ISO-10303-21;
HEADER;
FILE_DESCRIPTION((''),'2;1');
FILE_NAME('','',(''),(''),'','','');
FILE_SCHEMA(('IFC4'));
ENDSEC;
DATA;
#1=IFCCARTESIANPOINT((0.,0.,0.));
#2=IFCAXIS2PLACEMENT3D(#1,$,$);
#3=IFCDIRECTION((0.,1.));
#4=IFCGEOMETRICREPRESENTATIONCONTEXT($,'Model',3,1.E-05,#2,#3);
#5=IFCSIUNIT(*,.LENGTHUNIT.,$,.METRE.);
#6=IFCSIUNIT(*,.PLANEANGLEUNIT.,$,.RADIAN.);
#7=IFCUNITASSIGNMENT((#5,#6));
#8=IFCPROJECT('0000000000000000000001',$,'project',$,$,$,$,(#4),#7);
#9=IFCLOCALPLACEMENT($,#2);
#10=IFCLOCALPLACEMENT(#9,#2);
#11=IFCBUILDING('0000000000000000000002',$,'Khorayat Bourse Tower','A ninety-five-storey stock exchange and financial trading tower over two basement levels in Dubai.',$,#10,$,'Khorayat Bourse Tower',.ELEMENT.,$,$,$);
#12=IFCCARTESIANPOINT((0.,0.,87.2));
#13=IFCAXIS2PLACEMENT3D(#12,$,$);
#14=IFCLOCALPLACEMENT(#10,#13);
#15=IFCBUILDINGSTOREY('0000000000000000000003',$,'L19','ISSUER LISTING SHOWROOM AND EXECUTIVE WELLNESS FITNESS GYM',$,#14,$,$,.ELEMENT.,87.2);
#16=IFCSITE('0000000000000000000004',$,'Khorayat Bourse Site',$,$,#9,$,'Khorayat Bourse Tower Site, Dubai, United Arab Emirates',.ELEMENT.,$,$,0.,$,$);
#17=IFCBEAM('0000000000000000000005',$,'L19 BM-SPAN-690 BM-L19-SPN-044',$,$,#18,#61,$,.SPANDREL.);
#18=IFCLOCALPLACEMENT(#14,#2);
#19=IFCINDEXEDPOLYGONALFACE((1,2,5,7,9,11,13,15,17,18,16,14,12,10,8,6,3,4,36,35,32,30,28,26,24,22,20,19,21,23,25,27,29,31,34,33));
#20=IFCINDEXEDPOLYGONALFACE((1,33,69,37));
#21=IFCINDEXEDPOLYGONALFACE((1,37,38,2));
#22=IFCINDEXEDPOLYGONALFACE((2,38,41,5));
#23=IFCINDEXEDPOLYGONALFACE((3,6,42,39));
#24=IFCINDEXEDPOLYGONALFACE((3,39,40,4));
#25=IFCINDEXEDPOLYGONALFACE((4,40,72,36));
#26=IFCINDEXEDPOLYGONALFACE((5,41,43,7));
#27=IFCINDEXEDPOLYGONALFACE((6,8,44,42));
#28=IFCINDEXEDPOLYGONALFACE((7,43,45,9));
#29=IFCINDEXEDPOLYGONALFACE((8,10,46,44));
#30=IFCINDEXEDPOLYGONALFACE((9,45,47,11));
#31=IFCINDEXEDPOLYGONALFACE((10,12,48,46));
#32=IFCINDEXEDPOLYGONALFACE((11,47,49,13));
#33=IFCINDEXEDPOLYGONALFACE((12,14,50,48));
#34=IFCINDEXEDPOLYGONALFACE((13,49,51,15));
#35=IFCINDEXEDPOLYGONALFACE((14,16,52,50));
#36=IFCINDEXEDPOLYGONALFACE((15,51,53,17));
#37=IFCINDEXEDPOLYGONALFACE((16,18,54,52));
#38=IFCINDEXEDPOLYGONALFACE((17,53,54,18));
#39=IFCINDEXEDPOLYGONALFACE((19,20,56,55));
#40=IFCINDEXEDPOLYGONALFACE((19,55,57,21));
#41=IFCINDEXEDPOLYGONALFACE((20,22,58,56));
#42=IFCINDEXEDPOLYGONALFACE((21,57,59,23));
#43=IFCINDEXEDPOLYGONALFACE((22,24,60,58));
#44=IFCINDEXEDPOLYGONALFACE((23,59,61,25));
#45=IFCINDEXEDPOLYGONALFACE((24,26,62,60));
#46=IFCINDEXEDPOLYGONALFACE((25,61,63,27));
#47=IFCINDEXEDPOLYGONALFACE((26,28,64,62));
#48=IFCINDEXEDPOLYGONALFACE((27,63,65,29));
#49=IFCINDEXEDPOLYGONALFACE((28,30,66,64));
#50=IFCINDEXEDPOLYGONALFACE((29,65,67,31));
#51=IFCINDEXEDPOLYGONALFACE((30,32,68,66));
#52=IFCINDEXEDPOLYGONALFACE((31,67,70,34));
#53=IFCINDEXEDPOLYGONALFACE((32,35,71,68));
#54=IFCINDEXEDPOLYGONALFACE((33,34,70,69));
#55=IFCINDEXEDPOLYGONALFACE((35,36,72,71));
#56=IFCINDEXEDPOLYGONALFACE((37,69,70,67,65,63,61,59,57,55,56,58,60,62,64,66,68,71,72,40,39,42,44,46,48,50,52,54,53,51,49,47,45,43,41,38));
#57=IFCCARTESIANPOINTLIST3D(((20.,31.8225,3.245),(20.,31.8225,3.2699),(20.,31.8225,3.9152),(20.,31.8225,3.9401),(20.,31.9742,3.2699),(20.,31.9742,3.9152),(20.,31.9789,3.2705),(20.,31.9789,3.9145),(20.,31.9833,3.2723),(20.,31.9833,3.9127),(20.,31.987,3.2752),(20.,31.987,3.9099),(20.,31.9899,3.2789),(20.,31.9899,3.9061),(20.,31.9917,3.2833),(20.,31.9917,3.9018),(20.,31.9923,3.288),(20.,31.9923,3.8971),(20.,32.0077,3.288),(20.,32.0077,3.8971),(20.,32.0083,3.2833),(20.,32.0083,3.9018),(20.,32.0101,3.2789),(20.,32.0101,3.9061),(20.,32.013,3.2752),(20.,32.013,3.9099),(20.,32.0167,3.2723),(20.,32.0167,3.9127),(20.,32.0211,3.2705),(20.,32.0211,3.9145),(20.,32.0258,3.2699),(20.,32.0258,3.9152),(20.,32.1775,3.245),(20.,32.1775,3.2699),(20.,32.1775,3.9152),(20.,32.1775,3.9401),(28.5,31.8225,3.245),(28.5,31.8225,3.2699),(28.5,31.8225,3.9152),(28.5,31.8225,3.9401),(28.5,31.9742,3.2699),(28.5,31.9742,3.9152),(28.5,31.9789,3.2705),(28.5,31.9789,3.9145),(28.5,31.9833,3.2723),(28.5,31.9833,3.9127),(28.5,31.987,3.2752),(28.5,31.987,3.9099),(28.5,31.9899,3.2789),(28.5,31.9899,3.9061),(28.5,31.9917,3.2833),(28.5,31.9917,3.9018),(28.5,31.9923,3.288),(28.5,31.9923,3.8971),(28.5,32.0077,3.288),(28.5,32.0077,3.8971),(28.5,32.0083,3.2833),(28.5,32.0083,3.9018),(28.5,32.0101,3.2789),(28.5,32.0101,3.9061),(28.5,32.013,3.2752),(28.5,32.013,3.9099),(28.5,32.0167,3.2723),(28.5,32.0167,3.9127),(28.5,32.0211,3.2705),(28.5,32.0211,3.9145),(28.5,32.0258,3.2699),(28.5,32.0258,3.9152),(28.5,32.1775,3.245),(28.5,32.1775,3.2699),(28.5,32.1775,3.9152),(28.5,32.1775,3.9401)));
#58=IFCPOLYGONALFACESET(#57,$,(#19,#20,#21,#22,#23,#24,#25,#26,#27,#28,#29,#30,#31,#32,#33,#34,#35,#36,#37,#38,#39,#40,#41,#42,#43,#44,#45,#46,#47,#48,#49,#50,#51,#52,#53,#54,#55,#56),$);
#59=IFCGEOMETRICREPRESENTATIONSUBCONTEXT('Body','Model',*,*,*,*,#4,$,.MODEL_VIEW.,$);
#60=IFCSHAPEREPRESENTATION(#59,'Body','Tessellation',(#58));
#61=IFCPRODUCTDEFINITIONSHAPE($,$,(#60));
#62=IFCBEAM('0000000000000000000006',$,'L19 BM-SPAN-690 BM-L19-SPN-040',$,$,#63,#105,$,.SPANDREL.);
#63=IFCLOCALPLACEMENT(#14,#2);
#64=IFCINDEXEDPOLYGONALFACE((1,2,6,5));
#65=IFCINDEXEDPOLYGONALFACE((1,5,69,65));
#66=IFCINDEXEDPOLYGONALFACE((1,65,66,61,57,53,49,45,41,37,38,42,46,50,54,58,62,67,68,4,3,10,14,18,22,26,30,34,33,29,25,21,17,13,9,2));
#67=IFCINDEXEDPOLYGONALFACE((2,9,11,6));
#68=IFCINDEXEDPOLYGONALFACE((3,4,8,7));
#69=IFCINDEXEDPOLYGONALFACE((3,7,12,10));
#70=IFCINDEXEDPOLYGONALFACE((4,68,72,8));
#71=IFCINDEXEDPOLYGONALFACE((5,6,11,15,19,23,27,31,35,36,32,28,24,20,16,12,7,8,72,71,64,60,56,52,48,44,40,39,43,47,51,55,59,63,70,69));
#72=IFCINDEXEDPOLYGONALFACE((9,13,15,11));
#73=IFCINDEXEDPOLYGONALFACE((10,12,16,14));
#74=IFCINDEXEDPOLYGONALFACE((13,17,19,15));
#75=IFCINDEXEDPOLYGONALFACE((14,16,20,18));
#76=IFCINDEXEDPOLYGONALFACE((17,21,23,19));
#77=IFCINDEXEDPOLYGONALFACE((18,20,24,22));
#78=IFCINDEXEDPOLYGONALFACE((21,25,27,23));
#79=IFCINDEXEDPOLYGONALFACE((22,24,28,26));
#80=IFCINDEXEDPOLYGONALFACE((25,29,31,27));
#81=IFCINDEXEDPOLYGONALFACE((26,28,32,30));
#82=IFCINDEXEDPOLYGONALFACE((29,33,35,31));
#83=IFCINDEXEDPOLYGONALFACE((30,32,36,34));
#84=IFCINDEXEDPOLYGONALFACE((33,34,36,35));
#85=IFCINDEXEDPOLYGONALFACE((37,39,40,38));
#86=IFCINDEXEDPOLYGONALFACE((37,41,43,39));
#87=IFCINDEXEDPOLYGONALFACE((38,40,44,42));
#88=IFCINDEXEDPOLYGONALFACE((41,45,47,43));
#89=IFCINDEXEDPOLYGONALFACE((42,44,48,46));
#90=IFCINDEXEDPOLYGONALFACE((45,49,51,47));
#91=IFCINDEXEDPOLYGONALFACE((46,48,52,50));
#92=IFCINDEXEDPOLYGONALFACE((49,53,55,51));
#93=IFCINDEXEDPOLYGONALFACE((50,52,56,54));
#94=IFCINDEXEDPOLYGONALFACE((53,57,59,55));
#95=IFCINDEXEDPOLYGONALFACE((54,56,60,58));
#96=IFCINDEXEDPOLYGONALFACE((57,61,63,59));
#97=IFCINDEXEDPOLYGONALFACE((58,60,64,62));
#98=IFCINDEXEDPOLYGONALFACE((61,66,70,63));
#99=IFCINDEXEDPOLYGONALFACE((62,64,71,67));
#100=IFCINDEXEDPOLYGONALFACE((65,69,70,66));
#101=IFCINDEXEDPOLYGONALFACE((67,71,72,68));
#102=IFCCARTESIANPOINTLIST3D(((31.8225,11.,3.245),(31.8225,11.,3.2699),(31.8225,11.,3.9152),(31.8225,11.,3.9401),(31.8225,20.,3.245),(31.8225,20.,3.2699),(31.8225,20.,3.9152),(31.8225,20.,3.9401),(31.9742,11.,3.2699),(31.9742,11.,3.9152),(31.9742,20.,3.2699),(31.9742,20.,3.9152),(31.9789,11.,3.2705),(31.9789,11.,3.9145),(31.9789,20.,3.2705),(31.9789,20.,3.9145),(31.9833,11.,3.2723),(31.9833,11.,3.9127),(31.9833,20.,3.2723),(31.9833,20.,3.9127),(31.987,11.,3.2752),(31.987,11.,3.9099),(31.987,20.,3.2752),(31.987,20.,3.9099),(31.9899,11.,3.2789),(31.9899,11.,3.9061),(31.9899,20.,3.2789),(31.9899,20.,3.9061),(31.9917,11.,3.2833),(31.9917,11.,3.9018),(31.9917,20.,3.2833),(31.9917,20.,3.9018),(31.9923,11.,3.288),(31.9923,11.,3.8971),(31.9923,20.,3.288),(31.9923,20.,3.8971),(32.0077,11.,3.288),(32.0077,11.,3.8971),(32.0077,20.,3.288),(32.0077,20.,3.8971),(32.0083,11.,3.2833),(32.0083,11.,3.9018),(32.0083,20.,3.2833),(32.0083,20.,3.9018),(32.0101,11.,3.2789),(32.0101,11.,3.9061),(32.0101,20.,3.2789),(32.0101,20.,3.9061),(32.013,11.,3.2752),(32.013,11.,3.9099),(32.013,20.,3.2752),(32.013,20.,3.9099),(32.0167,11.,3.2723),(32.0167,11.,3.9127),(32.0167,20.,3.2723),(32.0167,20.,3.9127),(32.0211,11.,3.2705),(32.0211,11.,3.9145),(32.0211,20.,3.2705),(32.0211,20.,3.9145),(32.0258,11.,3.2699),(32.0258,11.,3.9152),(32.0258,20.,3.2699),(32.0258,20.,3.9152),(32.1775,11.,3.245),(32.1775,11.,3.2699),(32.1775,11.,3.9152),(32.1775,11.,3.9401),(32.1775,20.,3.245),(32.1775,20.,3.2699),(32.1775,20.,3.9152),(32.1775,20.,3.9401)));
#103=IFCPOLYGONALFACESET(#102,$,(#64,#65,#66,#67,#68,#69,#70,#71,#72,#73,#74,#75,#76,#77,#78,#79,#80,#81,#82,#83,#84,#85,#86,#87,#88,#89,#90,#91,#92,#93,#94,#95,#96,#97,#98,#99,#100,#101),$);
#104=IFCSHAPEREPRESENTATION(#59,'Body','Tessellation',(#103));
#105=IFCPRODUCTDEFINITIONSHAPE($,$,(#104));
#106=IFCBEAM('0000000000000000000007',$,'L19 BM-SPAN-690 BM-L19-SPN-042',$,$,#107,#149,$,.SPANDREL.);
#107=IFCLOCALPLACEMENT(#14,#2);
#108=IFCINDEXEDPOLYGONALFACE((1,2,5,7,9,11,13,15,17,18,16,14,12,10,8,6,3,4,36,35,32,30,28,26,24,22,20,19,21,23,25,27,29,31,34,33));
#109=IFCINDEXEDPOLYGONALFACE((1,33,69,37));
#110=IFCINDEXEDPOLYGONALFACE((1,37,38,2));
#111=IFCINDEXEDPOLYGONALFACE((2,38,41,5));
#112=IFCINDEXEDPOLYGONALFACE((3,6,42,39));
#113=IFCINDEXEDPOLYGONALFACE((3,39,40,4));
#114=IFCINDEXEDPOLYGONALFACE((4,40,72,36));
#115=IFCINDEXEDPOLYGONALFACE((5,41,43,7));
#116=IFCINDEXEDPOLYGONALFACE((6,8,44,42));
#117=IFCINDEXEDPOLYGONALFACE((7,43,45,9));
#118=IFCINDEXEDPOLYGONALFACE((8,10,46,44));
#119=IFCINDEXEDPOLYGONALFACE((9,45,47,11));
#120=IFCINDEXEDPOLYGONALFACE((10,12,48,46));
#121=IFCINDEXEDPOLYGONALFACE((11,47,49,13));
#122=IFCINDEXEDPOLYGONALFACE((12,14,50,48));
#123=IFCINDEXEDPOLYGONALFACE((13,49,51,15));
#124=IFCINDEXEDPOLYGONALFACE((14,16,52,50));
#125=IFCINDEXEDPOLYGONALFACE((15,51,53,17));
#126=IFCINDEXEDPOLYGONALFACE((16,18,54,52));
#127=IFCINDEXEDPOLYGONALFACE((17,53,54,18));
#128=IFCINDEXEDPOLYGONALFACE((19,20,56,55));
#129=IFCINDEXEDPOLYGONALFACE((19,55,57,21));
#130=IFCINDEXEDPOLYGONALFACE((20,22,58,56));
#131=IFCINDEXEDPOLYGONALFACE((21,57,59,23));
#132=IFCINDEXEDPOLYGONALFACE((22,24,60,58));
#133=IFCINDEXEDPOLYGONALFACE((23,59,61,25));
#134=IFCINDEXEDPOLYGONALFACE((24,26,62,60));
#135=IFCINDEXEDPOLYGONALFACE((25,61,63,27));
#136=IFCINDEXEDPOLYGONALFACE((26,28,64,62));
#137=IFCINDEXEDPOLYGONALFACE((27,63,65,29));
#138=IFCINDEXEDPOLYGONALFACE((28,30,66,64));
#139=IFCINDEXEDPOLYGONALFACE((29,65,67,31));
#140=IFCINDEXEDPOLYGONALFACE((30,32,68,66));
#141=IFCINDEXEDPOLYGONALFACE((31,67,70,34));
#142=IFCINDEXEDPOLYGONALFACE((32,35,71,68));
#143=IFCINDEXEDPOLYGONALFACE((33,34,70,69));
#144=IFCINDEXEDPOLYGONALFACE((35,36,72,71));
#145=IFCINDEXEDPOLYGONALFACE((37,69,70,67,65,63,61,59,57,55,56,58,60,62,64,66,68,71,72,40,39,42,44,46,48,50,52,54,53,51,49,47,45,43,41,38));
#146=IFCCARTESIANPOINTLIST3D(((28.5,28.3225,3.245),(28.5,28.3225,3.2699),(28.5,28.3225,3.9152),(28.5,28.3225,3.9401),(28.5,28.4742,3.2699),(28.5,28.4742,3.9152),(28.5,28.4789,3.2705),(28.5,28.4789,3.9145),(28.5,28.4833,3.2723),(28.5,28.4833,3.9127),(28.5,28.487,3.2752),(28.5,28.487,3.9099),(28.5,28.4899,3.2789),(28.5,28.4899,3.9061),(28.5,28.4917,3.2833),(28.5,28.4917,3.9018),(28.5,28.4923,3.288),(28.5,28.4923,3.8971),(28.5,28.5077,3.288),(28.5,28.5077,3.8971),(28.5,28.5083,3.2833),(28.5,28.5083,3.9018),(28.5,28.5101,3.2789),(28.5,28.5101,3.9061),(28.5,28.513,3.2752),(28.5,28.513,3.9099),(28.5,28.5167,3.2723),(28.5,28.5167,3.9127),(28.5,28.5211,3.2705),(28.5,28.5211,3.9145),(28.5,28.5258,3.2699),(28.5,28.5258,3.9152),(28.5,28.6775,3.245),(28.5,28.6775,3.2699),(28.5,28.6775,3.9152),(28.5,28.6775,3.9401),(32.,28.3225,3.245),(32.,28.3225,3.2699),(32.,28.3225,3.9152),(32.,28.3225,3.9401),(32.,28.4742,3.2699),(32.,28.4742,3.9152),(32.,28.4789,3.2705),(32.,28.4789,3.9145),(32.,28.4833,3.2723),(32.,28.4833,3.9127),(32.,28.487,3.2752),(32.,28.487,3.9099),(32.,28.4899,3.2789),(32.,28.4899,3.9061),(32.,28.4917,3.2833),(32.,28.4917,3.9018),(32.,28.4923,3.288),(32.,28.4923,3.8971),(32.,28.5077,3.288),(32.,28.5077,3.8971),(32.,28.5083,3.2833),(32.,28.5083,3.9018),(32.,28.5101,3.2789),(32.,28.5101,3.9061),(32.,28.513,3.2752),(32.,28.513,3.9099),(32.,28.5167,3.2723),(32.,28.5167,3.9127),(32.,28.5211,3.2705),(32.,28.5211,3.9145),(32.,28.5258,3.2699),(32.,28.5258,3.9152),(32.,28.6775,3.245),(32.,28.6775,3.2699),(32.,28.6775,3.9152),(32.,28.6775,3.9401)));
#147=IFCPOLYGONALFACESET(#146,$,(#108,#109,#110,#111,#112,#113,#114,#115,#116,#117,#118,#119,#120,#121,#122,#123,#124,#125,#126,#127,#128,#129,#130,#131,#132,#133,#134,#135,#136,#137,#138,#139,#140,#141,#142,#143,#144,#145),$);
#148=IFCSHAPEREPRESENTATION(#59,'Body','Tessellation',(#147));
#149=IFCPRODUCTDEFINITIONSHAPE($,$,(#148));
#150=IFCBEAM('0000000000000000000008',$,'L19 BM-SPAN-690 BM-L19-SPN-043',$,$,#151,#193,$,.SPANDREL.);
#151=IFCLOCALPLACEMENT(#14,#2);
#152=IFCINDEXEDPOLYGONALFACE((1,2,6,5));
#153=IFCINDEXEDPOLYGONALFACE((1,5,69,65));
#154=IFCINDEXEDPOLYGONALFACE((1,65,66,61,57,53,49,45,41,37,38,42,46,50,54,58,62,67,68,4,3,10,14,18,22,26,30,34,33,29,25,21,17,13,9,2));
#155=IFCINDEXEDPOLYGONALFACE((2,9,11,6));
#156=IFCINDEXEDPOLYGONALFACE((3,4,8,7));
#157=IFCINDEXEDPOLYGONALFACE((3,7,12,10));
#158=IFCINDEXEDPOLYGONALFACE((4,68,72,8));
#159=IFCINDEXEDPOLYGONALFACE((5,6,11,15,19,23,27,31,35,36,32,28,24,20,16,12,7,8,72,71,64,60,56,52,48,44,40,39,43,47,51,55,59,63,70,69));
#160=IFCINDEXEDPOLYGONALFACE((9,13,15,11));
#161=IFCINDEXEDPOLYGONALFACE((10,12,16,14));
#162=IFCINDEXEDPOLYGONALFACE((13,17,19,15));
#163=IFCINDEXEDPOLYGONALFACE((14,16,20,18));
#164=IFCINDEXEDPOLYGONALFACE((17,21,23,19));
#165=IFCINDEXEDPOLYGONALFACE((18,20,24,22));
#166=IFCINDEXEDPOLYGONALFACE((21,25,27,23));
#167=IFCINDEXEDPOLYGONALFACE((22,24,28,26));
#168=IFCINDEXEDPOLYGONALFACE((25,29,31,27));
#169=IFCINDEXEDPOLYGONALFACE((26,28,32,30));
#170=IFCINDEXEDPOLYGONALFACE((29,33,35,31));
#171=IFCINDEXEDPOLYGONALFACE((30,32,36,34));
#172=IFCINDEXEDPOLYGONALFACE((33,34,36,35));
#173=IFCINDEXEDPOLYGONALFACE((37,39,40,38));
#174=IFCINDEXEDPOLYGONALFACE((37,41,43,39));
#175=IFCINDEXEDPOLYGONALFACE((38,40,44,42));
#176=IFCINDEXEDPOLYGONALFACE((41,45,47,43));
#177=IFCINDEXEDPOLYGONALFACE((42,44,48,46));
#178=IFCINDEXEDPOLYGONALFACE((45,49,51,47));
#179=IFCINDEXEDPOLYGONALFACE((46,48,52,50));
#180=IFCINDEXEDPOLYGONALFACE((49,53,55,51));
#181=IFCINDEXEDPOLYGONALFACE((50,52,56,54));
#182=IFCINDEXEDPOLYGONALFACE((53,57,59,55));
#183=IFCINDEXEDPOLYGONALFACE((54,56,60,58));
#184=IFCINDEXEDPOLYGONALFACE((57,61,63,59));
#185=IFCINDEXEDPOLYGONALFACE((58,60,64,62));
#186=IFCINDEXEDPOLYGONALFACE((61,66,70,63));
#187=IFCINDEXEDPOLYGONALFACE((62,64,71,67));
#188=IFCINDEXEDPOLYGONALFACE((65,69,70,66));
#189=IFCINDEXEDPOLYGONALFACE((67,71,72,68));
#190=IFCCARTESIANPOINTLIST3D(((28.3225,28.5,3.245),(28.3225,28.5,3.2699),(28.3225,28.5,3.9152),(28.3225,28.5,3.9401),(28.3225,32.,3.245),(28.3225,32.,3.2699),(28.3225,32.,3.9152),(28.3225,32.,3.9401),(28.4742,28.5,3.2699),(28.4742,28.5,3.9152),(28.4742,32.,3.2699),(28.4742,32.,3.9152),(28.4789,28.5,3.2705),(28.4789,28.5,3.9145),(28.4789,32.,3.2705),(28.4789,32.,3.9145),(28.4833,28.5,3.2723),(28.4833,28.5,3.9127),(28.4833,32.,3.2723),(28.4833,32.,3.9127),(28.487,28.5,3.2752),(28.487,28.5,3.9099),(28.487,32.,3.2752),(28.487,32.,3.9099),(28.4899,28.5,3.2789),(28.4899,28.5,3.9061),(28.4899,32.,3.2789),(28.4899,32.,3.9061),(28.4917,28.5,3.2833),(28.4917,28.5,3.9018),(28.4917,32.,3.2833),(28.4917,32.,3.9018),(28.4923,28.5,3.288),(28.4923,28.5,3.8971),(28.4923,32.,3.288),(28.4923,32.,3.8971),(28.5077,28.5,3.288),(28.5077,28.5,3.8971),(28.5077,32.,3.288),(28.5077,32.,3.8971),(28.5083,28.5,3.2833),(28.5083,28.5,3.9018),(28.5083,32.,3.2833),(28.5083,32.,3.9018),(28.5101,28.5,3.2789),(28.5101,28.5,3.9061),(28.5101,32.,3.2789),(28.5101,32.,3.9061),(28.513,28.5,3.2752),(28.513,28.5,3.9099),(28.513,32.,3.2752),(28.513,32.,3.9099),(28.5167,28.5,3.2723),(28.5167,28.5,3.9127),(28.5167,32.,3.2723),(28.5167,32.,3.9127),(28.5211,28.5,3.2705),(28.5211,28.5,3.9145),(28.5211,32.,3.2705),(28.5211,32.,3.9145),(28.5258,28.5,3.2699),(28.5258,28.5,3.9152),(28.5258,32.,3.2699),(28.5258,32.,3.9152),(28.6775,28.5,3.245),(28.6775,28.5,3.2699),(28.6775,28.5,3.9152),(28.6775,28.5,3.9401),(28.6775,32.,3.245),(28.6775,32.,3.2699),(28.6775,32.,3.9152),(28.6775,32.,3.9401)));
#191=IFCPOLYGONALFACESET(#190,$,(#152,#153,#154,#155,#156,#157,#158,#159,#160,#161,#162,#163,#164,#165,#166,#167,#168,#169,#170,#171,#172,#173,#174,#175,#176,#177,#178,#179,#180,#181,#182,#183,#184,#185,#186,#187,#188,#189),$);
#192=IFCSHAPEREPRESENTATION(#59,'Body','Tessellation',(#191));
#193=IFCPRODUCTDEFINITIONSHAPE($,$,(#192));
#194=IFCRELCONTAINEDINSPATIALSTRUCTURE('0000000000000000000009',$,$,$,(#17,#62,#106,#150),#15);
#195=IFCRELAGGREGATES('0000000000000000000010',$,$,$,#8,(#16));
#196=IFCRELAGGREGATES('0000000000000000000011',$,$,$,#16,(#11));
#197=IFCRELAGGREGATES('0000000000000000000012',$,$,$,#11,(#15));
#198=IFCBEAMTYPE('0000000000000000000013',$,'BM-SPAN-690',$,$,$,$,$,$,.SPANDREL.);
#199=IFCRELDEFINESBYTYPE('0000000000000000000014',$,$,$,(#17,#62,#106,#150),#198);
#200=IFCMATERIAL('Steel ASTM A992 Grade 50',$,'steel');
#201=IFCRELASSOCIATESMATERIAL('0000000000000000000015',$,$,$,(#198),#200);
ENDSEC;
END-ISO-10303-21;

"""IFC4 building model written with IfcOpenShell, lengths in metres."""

from ifc_helpers import new_model, si_unit, direction, frame, origin, origin_2d, place, context, subcontext, project, spatial, i_section, extrude, source, transform, mapped, material, material_profile, profile_set, type_object, element, save


model = new_model("IFC4")

# Units and contexts
model_context = context("Model", 3, precision=1e-05, world=origin(), true_north=direction((0.0, 1.0)))
body_context = subcontext(model_context, "Body", "Model", "MODEL_VIEW")
ifc_project = project(units=[si_unit("LENGTHUNIT", "METRE"), si_unit("PLANEANGLEUNIT", "RADIAN")], contexts=[model_context])

# Site, building, storey
site_placement = place(None, origin())
site = spatial("IfcSite", under=ifc_project, at=site_placement, Name="Khorayat Bourse Site", LongName="Khorayat Bourse Tower Site, Dubai, United Arab Emirates", CompositionType="ELEMENT", RefElevation=0.0)
building_placement = place(site_placement, origin())
building = spatial("IfcBuilding", under=site, at=building_placement, Name="Khorayat Bourse Tower", Description="A ninety-five-storey stock exchange and financial trading tower over two basement levels in Dubai.", LongName="Khorayat Bourse Tower", CompositionType="ELEMENT")
storey_placement = place(building_placement, frame((0.0, 0.0, 87.2)))
storey = spatial("IfcBuildingStorey", under=building, at=storey_placement, Name="L19", Description="ISSUER LISTING SHOWROOM AND EXECUTIVE WELLNESS FITNESS GYM", CompositionType="ELEMENT", Elevation=87.2)

# Beams
ifc_material_1 = material(Name="Steel ASTM A992 Grade 50", Category="steel")
ifc_material_profile_1 = material_profile(ifc_material_1, i_section(OverallWidth=0.355, OverallDepth=0.6951, WebThickness=0.0154, FlangeThickness=0.0249, FilletRadius=0.0181, at=origin_2d()), Name="W690X217")
ifc_profile_set_1 = profile_set([ifc_material_profile_1], Name="Steel ASTM A992 Grade 50")
beam_type_1 = type_object("IfcBeamType", Name="BM-SPAN-690", PredefinedType="SPANDREL", material=ifc_profile_set_1)
shared_shape_1 = source(origin(), body_context, "Body", "SweptSolid", [
    extrude(i_section(OverallWidth=0.355, OverallDepth=0.6951, WebThickness=0.0154, FlangeThickness=0.0249, FilletRadius=0.0181, at=origin_2d()), origin(), (0.0, 0.0, 1.0), 8.5),
])
for number, where, z_axis, x_axis, name in (
    (1, (20.0, 32.0, 3.5925), (1.0, 0.0, 0.0), (0.0, 1.0, 0.0), "L19 BM-SPAN-690 BM-L19-SPN-044"),
):
    element("IfcBeam", number, at=place(storey_placement, frame(where, z_axis=z_axis, x_axis=x_axis)), inside=storey, type_object=beam_type_1, Name=name, PredefinedType="SPANDREL", context=body_context, shape_type="MappedRepresentation", body=[
        mapped(shared_shape_1, transform((0.0, 0.0, 0.0), scale=1.0)),
    ])
shared_shape_2 = source(origin(), body_context, "Body", "SweptSolid", [
    extrude(i_section(OverallWidth=0.355, OverallDepth=0.6951, WebThickness=0.0154, FlangeThickness=0.0249, FilletRadius=0.0181, at=origin_2d()), origin(), (0.0, 0.0, 1.0), 9.0),
])
beam_1_placement = place(storey_placement, frame((32.0, 11.0, 3.5925), z_axis=(0.0, 1.0, 0.0), x_axis=(-1.0, 0.0, 0.0)))
element("IfcBeam", 2, at=beam_1_placement, inside=storey, type_object=beam_type_1, Name="L19 BM-SPAN-690 BM-L19-SPN-040", PredefinedType="SPANDREL", context=body_context, shape_type="MappedRepresentation", body=[
    mapped(shared_shape_2, transform((0.0, 0.0, 0.0), scale=1.0)),
])
shared_shape_3 = source(origin(), body_context, "Body", "SweptSolid", [
    extrude(i_section(OverallWidth=0.355, OverallDepth=0.6951, WebThickness=0.0154, FlangeThickness=0.0249, FilletRadius=0.0181, at=origin_2d()), origin(), (0.0, 0.0, 1.0), 3.5),
])
for number, where, z_axis, x_axis, name in (
    (3, (28.5, 28.5, 3.5925), (1.0, 0.0, 0.0), (0.0, 1.0, 0.0), "L19 BM-SPAN-690 BM-L19-SPN-042"),
    (4, (28.5, 28.5, 3.5925), (0.0, 1.0, 0.0), (-1.0, 0.0, 0.0), "L19 BM-SPAN-690 BM-L19-SPN-043"),
):
    element("IfcBeam", number, at=place(storey_placement, frame(where, z_axis=z_axis, x_axis=x_axis)), inside=storey, type_object=beam_type_1, Name=name, PredefinedType="SPANDREL", context=body_context, shape_type="MappedRepresentation", body=[
        mapped(shared_shape_3, transform((0.0, 0.0, 0.0), scale=1.0)),
    ])

save(model, "model.ifc")
